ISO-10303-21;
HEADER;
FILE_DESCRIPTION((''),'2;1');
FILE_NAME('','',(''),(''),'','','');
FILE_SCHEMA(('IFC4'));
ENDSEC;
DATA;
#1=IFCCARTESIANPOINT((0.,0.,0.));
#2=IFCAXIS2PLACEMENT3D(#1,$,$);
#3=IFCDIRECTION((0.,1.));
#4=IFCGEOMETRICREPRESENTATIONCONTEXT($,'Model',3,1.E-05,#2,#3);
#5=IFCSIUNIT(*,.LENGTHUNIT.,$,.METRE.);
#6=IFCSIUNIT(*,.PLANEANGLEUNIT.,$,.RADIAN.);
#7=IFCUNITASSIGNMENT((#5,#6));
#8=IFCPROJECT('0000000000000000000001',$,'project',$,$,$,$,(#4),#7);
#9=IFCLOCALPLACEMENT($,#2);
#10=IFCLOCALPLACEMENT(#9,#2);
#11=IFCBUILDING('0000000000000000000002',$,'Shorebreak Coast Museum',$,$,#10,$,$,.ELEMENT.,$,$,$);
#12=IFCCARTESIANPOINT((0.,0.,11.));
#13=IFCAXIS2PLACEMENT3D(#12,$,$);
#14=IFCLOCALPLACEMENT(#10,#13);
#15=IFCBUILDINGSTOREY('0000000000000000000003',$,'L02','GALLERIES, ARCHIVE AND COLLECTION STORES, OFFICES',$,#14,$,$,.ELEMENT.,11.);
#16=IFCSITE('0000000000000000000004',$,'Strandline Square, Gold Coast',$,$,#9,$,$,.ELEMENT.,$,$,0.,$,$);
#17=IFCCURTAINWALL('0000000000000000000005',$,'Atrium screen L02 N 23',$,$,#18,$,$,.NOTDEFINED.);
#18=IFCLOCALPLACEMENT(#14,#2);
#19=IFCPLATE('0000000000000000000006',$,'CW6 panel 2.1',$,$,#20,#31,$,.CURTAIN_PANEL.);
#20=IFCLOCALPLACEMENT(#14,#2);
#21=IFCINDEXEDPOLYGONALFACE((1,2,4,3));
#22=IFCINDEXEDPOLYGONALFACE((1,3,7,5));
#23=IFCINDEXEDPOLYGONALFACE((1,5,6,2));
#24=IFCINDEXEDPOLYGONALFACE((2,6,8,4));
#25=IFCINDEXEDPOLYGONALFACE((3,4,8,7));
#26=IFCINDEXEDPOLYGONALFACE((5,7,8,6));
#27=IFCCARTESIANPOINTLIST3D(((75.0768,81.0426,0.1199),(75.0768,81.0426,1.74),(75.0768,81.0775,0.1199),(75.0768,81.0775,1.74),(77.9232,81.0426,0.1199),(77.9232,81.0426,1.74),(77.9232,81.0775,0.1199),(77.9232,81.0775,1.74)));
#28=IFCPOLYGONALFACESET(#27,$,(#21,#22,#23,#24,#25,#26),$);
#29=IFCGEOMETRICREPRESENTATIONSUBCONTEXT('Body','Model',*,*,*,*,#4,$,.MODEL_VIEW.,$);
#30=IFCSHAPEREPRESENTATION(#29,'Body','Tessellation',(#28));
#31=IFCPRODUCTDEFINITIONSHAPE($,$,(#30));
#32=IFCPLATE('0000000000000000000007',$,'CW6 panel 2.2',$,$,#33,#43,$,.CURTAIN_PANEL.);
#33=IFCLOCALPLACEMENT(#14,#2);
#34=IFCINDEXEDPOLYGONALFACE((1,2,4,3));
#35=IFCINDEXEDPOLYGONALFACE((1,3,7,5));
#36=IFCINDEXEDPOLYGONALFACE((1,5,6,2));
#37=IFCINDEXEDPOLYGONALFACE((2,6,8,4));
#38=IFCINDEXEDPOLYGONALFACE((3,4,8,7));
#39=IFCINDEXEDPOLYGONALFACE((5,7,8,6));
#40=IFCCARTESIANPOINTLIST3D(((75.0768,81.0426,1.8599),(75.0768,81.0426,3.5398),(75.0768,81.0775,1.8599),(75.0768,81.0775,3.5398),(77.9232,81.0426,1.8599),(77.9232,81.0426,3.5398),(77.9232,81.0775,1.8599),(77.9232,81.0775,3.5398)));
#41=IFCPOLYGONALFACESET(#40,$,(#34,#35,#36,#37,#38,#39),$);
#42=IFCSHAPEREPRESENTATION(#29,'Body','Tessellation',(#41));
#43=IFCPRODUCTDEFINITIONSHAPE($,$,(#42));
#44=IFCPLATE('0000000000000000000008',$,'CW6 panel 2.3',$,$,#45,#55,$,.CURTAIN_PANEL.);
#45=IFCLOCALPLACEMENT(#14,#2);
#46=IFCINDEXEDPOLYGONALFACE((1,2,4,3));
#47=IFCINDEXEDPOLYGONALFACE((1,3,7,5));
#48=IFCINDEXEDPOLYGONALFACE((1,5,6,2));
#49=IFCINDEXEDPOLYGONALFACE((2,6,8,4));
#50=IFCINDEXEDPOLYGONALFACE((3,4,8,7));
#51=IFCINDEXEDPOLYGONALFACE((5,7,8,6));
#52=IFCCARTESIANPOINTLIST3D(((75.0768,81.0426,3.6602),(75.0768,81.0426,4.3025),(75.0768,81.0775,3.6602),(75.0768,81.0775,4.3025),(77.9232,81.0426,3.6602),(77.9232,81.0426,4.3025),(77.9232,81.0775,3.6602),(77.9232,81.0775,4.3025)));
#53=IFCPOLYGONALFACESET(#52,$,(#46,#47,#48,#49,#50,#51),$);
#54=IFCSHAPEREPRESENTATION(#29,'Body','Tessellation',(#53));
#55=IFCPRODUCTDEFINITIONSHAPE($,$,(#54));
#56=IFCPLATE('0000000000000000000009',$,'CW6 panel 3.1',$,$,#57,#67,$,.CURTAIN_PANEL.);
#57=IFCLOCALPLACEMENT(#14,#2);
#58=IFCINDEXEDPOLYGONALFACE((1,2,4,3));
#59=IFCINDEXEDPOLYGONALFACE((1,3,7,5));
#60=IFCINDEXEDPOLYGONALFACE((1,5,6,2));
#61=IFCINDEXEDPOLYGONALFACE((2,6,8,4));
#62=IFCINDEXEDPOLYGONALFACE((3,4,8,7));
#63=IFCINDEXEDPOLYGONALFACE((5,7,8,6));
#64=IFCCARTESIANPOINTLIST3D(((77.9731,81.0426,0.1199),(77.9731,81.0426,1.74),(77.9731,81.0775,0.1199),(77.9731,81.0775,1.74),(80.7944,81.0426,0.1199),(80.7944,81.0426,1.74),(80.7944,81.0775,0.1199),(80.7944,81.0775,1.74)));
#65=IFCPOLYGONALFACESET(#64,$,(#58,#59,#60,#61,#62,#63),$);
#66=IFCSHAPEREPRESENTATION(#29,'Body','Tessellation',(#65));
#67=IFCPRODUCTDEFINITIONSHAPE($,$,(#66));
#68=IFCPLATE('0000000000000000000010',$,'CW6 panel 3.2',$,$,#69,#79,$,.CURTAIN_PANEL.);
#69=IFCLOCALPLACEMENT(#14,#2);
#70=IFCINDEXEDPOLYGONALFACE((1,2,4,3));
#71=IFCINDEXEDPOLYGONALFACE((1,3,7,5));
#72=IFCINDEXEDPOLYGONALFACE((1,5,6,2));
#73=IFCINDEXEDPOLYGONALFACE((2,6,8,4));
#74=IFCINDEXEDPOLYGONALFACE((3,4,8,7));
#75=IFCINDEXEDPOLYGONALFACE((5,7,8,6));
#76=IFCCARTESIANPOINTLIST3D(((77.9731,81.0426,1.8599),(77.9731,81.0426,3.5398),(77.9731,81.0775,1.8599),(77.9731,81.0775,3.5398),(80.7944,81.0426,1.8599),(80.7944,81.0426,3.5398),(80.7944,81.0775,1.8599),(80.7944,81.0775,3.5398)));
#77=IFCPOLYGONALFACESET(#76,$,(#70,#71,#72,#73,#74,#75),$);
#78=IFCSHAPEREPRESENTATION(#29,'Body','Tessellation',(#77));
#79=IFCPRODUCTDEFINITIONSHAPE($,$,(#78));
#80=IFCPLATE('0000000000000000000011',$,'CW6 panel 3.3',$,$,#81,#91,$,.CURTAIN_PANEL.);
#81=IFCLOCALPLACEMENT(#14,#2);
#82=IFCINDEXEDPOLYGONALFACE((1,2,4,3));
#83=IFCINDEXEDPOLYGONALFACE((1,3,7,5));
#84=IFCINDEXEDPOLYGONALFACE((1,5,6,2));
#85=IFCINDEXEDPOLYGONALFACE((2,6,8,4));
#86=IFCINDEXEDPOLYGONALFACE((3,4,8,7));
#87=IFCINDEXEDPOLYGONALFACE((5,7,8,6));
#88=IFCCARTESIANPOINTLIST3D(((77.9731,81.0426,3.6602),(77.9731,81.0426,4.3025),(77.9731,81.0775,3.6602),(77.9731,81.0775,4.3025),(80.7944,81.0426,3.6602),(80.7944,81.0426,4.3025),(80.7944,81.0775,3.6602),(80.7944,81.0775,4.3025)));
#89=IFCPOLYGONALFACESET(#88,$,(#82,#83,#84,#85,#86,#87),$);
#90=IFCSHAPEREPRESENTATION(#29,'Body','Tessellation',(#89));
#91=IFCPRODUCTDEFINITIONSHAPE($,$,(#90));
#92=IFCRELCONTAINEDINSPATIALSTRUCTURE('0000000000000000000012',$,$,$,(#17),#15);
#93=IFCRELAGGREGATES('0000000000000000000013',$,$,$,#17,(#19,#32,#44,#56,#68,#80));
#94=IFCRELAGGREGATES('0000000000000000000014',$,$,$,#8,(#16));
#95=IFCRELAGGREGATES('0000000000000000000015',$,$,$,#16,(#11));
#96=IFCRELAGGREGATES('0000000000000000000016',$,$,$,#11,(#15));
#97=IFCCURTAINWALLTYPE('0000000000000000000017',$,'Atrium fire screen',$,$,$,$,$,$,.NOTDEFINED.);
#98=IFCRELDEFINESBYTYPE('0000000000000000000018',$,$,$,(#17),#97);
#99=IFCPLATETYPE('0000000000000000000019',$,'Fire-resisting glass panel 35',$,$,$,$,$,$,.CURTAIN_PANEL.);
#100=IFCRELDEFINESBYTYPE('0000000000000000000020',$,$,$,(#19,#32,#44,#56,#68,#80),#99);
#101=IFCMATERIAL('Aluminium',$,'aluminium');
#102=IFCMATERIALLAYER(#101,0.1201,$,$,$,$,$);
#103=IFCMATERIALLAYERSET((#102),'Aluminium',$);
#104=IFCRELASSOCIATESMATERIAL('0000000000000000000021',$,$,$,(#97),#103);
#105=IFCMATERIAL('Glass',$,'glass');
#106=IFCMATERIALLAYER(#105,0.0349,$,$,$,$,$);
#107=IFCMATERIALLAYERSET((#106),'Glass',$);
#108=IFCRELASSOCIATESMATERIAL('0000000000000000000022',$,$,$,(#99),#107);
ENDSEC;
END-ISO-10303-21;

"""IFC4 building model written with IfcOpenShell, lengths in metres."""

from ifc_helpers import new_model, si_unit, direction, frame, origin, origin_2d, place, context, subcontext, project, spatial, rectangle, extrude, material, layer, layer_set, type_object, element, aggregate, save


model = new_model("IFC4")

# Units and contexts
model_context = context("Model", 3, precision=1e-05, world=origin(), true_north=direction((0.0, 1.0)))
body_context = subcontext(model_context, "Body", "Model", "MODEL_VIEW")
ifc_project = project(units=[si_unit("LENGTHUNIT", "METRE"), si_unit("PLANEANGLEUNIT", "RADIAN")], contexts=[model_context])

# Site, building, storey
site_placement = place(None, origin())
site = spatial("IfcSite", under=ifc_project, at=site_placement, Name="Strandline Square, Gold Coast", CompositionType="ELEMENT", RefElevation=0.0)
building_placement = place(site_placement, origin())
building = spatial("IfcBuilding", under=site, at=building_placement, Name="Shorebreak Coast Museum", CompositionType="ELEMENT")
storey_placement = place(building_placement, frame((0.0, 0.0, 11.0)))
storey = spatial("IfcBuildingStorey", under=building, at=storey_placement, Name="L02", Description="GALLERIES, ARCHIVE AND COLLECTION STORES, OFFICES", CompositionType="ELEMENT", Elevation=11.0)

# Curtain wall
ifc_material_1 = material(Name="Aluminium", Category="aluminium")
ifc_layer_1 = layer(ifc_material_1, 0.1201)
ifc_layer_set_1 = layer_set([ifc_layer_1], Name="Aluminium")
curtain_wall_type = type_object("IfcCurtainWallType", Name="Atrium fire screen", PredefinedType="NOTDEFINED", material=ifc_layer_set_1)
curtain_wall_1_placement = place(storey_placement, origin())
curtain_wall_1 = element("IfcCurtainWall", 1, at=curtain_wall_1_placement, inside=storey, type_object=curtain_wall_type, Name="Atrium screen L02 N 23", PredefinedType="NOTDEFINED")

# Plates
ifc_material_2 = material(Name="Glass", Category="glass")
ifc_layer_2 = layer(ifc_material_2, 0.0349)
ifc_layer_set_2 = layer_set([ifc_layer_2], Name="Glass")
plate_type = type_object("IfcPlateType", Name="Fire-resisting glass panel 35", PredefinedType="CURTAIN_PANEL", material=ifc_layer_set_2)
plate_1_placement = place(storey_placement, frame((76.5, 81.0601, 0.1199), z_axis=(0.0, 0.0, 1.0), x_axis=(1.0, 0.0, 0.0)))
plate_1 = element("IfcPlate", 2, at=plate_1_placement, type_object=plate_type, Name="CW6 panel 2.1", PredefinedType="CURTAIN_PANEL", context=body_context, shape_type="SweptSolid", body=[
    extrude(rectangle(XDim=2.8464, YDim=0.0349, at=origin_2d()), origin(), (0.0, 0.0, 1.0), 1.6201),
])
plate_2_placement = place(storey_placement, frame((76.5, 81.0601, 1.8599), z_axis=(0.0, 0.0, 1.0), x_axis=(1.0, 0.0, 0.0)))
plate_2 = element("IfcPlate", 3, at=plate_2_placement, type_object=plate_type, Name="CW6 panel 2.2", PredefinedType="CURTAIN_PANEL", context=body_context, shape_type="SweptSolid", body=[
    extrude(rectangle(XDim=2.8464, YDim=0.0349, at=origin_2d()), origin(), (0.0, 0.0, 1.0), 1.6799),
])
plate_3_placement = place(storey_placement, frame((76.5, 81.0601, 3.6602), z_axis=(0.0, 0.0, 1.0), x_axis=(1.0, 0.0, 0.0)))
plate_3 = element("IfcPlate", 4, at=plate_3_placement, type_object=plate_type, Name="CW6 panel 2.3", PredefinedType="CURTAIN_PANEL", context=body_context, shape_type="SweptSolid", body=[
    extrude(rectangle(XDim=2.8464, YDim=0.0349, at=origin_2d()), origin(), (0.0, 0.0, 1.0), 0.6423),
])
plate_4_placement = place(storey_placement, frame((79.3838, 81.0601, 0.1199), z_axis=(0.0, 0.0, 1.0), x_axis=(1.0, 0.0, 0.0)))
plate_4 = element("IfcPlate", 5, at=plate_4_placement, type_object=plate_type, Name="CW6 panel 3.1", PredefinedType="CURTAIN_PANEL", context=body_context, shape_type="SweptSolid", body=[
    extrude(rectangle(XDim=2.8213, YDim=0.0349, at=origin_2d()), origin(), (0.0, 0.0, 1.0), 1.6201),
])
plate_5_placement = place(storey_placement, frame((79.3838, 81.0601, 1.8599), z_axis=(0.0, 0.0, 1.0), x_axis=(1.0, 0.0, 0.0)))
plate_5 = element("IfcPlate", 6, at=plate_5_placement, type_object=plate_type, Name="CW6 panel 3.2", PredefinedType="CURTAIN_PANEL", context=body_context, shape_type="SweptSolid", body=[
    extrude(rectangle(XDim=2.8213, YDim=0.0349, at=origin_2d()), origin(), (0.0, 0.0, 1.0), 1.6799),
])
plate_6_placement = place(storey_placement, frame((79.3838, 81.0601, 3.6602), z_axis=(0.0, 0.0, 1.0), x_axis=(1.0, 0.0, 0.0)))
plate_6 = element("IfcPlate", 7, at=plate_6_placement, type_object=plate_type, Name="CW6 panel 3.3", PredefinedType="CURTAIN_PANEL", context=body_context, shape_type="SweptSolid", body=[
    extrude(rectangle(XDim=2.8213, YDim=0.0349, at=origin_2d()), origin(), (0.0, 0.0, 1.0), 0.6423),
])
aggregate(curtain_wall_1, [plate_1, plate_2, plate_3, plate_4, plate_5, plate_6])

save(model, "model.ifc")
